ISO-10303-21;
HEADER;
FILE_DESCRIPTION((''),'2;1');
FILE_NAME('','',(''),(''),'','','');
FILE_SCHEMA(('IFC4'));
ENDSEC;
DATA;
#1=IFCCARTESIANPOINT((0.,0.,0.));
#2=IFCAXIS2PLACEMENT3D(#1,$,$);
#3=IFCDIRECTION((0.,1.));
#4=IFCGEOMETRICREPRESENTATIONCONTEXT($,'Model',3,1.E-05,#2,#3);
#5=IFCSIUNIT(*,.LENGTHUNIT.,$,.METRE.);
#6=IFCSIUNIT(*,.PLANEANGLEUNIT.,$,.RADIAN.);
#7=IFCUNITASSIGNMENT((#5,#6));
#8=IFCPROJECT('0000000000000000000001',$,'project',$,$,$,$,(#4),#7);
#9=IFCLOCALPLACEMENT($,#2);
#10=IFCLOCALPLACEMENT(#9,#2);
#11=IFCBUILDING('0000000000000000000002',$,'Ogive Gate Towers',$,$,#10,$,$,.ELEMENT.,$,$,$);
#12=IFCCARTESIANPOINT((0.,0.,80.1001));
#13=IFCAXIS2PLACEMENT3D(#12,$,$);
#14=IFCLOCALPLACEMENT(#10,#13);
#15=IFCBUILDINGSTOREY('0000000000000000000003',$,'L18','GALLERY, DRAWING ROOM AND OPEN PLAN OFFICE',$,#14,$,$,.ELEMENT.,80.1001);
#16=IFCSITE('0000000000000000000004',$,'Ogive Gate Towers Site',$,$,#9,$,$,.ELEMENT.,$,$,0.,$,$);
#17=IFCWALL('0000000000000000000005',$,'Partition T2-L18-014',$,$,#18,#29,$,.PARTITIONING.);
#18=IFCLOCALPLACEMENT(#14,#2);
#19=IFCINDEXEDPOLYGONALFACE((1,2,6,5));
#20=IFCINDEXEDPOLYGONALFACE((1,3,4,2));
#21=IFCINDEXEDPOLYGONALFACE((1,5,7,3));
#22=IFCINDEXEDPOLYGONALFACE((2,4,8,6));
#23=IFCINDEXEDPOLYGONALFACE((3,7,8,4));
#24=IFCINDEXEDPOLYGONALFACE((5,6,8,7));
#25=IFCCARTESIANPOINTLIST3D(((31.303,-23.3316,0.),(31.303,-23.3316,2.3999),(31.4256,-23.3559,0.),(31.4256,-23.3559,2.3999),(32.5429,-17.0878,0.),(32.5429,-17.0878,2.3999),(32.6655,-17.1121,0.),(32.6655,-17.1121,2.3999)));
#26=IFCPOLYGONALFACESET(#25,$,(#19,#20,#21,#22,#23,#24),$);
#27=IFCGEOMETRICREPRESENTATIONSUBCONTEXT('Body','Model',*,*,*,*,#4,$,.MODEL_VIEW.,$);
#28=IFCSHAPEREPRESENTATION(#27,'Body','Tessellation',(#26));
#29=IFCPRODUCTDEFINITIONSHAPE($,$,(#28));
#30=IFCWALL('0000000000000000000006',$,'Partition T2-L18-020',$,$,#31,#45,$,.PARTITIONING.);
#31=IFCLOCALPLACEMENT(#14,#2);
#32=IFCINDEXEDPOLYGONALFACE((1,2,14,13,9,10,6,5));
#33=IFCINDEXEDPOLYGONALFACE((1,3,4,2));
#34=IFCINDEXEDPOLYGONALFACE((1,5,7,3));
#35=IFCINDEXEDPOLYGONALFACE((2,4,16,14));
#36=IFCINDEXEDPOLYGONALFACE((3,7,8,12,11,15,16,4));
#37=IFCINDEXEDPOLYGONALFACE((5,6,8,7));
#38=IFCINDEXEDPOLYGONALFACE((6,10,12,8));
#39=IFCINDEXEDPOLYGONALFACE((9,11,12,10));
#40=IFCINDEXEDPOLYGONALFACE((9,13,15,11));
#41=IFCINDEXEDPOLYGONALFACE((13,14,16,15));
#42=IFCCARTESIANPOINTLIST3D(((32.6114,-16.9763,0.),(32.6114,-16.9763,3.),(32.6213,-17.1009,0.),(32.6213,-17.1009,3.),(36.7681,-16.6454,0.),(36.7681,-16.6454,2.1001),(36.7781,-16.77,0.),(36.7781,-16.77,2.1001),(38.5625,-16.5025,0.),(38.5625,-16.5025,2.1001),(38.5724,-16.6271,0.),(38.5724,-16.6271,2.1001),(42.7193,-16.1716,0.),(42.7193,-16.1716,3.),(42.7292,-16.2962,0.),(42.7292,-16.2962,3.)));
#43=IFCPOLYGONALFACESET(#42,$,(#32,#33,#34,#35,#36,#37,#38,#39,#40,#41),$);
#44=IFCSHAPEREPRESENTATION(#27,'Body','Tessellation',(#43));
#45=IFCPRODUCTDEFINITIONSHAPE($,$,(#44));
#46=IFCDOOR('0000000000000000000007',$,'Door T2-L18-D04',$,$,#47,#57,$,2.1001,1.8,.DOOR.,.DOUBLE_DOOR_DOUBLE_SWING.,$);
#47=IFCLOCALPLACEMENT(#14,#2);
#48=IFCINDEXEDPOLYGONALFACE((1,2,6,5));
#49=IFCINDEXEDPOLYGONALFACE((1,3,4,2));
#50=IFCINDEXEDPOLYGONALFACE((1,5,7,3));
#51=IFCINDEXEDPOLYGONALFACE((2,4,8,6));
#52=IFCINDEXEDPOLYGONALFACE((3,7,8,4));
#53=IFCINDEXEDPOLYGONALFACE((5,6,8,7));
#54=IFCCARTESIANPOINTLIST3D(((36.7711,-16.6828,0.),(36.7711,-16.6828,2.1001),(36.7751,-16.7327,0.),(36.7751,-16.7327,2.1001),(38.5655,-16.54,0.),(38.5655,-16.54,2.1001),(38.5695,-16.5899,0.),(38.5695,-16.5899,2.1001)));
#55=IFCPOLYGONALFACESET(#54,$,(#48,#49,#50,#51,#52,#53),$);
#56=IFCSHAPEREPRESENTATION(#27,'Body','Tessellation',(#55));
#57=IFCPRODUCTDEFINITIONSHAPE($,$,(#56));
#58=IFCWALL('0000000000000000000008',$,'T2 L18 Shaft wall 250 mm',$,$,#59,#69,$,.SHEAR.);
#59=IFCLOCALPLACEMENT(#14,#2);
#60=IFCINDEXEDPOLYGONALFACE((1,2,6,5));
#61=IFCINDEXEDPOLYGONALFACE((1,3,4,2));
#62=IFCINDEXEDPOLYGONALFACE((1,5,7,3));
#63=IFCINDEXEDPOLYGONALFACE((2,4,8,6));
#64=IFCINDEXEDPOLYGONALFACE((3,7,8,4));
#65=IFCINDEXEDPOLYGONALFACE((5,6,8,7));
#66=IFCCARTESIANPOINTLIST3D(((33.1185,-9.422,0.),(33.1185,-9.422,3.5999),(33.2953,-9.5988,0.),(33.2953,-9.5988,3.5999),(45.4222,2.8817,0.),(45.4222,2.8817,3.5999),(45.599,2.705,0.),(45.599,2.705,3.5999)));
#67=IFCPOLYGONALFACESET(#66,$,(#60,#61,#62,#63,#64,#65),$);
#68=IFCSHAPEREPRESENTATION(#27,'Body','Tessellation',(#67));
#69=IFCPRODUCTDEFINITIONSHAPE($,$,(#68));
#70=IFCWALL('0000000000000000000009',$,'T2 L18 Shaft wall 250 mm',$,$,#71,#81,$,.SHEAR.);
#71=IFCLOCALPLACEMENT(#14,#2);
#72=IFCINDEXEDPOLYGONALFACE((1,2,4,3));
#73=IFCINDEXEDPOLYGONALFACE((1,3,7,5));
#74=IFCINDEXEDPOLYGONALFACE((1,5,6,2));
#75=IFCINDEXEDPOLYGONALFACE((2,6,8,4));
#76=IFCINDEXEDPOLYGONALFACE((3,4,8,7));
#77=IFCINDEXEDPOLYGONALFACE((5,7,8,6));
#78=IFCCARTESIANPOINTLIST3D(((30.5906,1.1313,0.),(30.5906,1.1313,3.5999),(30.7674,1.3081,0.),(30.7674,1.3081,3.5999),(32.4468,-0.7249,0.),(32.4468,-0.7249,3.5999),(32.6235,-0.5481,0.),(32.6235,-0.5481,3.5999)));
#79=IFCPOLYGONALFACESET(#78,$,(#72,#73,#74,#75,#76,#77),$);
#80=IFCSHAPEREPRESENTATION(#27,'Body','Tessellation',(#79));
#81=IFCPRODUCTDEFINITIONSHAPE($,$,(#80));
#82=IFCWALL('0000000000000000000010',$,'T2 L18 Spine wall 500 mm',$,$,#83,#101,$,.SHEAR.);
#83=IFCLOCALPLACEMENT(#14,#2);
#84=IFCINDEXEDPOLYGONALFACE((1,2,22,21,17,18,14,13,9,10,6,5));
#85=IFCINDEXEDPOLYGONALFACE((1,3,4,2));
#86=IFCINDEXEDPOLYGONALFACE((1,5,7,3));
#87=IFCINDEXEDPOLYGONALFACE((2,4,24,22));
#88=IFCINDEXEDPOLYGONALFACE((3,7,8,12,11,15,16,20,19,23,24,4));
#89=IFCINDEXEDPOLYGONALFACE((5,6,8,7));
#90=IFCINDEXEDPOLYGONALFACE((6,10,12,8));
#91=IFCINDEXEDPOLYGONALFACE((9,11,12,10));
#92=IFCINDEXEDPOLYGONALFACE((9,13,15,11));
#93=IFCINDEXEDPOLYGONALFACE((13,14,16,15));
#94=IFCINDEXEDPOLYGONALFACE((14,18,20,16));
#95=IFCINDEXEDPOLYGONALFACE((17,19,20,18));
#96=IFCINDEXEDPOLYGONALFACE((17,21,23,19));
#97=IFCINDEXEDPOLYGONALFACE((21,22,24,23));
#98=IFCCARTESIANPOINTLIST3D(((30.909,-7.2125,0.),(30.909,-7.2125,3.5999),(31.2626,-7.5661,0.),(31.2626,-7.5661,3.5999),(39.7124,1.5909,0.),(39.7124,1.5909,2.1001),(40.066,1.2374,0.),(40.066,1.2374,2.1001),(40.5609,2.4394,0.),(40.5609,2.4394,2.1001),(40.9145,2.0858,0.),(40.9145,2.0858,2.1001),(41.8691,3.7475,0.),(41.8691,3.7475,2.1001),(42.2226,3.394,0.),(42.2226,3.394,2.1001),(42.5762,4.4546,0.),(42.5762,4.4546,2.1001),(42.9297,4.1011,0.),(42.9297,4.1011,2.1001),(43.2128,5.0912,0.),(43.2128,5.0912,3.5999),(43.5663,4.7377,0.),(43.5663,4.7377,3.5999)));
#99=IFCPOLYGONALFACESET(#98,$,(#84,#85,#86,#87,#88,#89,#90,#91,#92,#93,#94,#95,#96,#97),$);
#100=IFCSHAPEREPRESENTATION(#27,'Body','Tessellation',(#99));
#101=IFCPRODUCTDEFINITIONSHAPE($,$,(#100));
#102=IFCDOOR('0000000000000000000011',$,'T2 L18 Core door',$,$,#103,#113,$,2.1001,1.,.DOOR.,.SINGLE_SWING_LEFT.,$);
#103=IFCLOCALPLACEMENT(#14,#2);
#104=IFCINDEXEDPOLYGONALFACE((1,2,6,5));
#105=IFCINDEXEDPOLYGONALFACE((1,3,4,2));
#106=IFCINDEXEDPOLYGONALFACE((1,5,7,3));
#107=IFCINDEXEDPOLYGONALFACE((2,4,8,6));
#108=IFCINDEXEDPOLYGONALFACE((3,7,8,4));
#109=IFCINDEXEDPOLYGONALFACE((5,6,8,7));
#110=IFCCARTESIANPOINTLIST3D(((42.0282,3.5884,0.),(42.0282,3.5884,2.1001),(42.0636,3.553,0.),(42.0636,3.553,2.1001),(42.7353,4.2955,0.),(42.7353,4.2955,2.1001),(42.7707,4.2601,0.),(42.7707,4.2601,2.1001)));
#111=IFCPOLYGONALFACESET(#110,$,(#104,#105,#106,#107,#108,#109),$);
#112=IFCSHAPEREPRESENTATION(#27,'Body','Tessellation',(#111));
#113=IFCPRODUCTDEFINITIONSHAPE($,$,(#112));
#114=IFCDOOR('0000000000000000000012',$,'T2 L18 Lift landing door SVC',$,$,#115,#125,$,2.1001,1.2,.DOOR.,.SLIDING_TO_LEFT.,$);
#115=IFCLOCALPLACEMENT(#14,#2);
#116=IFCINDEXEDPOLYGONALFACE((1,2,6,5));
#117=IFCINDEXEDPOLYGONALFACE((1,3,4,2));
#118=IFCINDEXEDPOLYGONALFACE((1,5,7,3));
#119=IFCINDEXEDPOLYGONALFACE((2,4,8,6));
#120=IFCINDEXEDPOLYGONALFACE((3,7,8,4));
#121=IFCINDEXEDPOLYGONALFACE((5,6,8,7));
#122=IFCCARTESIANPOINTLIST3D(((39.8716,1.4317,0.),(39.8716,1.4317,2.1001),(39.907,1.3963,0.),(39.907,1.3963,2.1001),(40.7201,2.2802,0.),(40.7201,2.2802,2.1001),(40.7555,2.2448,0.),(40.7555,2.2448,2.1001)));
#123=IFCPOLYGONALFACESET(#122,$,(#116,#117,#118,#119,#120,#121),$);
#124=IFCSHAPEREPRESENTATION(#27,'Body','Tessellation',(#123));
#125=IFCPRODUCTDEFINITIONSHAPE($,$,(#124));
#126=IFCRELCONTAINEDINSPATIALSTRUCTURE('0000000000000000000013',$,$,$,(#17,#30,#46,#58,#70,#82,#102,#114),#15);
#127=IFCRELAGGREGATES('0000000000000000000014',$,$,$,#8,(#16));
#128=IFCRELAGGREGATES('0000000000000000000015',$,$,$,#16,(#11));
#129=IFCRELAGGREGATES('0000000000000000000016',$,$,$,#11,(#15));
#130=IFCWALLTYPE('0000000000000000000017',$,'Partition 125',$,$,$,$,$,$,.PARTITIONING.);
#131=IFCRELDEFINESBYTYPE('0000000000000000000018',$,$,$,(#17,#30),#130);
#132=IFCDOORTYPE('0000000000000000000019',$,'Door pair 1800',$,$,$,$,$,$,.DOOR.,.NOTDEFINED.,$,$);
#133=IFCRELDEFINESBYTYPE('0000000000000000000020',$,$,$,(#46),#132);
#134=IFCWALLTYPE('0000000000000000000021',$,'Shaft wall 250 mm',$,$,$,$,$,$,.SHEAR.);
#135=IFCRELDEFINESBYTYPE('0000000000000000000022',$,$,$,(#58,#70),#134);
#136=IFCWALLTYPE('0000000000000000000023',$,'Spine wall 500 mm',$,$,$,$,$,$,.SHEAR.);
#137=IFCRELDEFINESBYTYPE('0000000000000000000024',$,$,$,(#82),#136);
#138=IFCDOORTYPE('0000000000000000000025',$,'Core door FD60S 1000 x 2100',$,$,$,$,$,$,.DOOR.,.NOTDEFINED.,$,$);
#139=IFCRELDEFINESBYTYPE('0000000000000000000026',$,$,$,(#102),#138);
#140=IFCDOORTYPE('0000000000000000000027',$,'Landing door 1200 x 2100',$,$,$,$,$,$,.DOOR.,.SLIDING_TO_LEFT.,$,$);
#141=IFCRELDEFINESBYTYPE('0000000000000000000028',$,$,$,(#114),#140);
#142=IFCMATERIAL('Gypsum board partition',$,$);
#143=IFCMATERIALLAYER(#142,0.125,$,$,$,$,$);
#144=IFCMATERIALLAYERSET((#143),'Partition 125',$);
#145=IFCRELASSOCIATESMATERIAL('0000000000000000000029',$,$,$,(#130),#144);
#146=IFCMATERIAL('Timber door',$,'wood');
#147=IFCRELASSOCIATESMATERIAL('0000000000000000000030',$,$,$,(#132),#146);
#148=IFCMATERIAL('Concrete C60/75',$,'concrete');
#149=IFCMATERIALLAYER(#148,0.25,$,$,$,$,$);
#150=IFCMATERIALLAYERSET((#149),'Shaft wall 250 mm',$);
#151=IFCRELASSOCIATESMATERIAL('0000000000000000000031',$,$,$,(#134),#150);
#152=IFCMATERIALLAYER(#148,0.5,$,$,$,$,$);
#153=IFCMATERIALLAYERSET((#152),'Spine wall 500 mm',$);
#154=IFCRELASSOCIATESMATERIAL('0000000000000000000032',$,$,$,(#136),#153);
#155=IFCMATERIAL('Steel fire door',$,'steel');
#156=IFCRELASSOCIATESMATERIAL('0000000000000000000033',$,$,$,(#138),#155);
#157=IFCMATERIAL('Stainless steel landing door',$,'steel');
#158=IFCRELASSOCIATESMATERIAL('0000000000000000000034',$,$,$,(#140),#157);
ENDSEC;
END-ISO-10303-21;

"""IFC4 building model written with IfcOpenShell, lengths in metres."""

from ifc_helpers import new_model, si_unit, direction, frame, frame_2d, origin, place, context, subcontext, project, spatial, rectangle, extrude, material, layer, layer_set, type_object, element, fill, save


model = new_model("IFC4")

# Units and contexts
model_context = context("Model", 3, precision=1e-05, world=origin(), true_north=direction((0.0, 1.0)))
body_context = subcontext(model_context, "Body", "Model", "MODEL_VIEW")
ifc_project = project(units=[si_unit("LENGTHUNIT", "METRE"), si_unit("PLANEANGLEUNIT", "RADIAN")], contexts=[model_context])

# Site, building, storey
site_placement = place(None, origin())
site = spatial("IfcSite", under=ifc_project, at=site_placement, Name="Ogive Gate Towers Site", CompositionType="ELEMENT", RefElevation=0.0)
building_placement = place(site_placement, origin())
building = spatial("IfcBuilding", under=site, at=building_placement, Name="Ogive Gate Towers", CompositionType="ELEMENT")
storey_placement = place(building_placement, frame((0.0, 0.0, 80.1001)))
storey = spatial("IfcBuildingStorey", under=building, at=storey_placement, Name="L18", Description="GALLERY, DRAWING ROOM AND OPEN PLAN OFFICE", CompositionType="ELEMENT", Elevation=80.1001)

# Wall
ifc_material_1 = material(Name="Gypsum board partition")
ifc_layer_1 = layer(ifc_material_1, 0.125)
ifc_layer_set_1 = layer_set([ifc_layer_1], Name="Partition 125")
wall_type_1 = type_object("IfcWallType", Name="Partition 125", PredefinedType="PARTITIONING", material=ifc_layer_set_1)
wall_1_placement = place(storey_placement, frame((31.3643, -23.3438, 0.0), z_axis=(0.0, 0.0, 1.0), x_axis=(0.194788, 0.980845, 0.0)))
element("IfcWall", 1, at=wall_1_placement, inside=storey, type_object=wall_type_1, Name="Partition T2-L18-014", PredefinedType="PARTITIONING", context=body_context, shape_type="SweptSolid", body=[
    extrude(rectangle(XDim=6.3657, YDim=0.125, at=frame_2d((3.1829, 0.0))), origin(), (0.0, 0.0, 1.0), 2.3999),
])

# Wall, opening, door
wall_2_placement = place(storey_placement, frame((32.6165, -17.0386, 0.0), z_axis=(0.0, 0.0, 1.0), x_axis=(0.996846, 0.079359, 0.0)))
wall_2 = element("IfcWall", 2, at=wall_2_placement, inside=storey, type_object=wall_type_1, Name="Partition T2-L18-020", PredefinedType="PARTITIONING", context=body_context, shape_type="SweptSolid", body=[
    extrude(rectangle(XDim=10.1399, YDim=0.125, at=frame_2d((5.0698, 0.0))), origin(), (0.0, 0.0, 1.0), 3.0),
])
opening_1_placement = place(wall_2_placement, frame((4.1699, 0.0, 0.0)))
opening_1 = element("IfcOpeningElement", 3, at=opening_1_placement, cuts=wall_2, PredefinedType="OPENING", context=body_context, shape_type="SweptSolid", body=[
    extrude(rectangle(XDim=1.8, YDim=2.1001, at=frame_2d((0.8999, 1.05))), frame((0.0, 0.0725, 0.0), z_axis=(0.0, -1.0, 0.0), x_axis=(1.0, 0.0, 0.0)), (0.0, 0.0, 1.0), 0.145),
])
ifc_material_2 = material(Name="Timber door", Category="wood")
door_type_1 = type_object("IfcDoorType", Name="Door pair 1800", OperationType="NOTDEFINED", PredefinedType="DOOR", material=ifc_material_2)
door_1_placement = place(opening_1_placement, origin())
door_1 = element("IfcDoor", 4, at=door_1_placement, inside=storey, type_object=door_type_1, Name="Door T2-L18-D04", OperationType="DOUBLE_DOOR_DOUBLE_SWING", OverallHeight=2.1001, OverallWidth=1.8, PredefinedType="DOOR", context=body_context, shape_type="SweptSolid", body=[
    extrude(rectangle(XDim=1.8, YDim=2.1001, at=frame_2d((0.8999, 1.05))), frame((0.0, 0.0249, 0.0), z_axis=(0.0, -1.0, 0.0), x_axis=(1.0, 0.0, 0.0)), (0.0, 0.0, 1.0), 0.05),
])
fill(opening_1, door_1)

# Walls
ifc_material_3 = material(Name="Concrete C60/75", Category="concrete")
ifc_layer_2 = layer(ifc_material_3, 0.25)
ifc_layer_set_2 = layer_set([ifc_layer_2], Name="Shaft wall 250 mm")
wall_type_2 = type_object("IfcWallType", Name="Shaft wall 250 mm", PredefinedType="SHEAR", material=ifc_layer_set_2)
wall_3_placement = place(storey_placement, frame((33.2068, -9.5105, 0.0), z_axis=(0.0, 0.0, 1.0), x_axis=(0.707107, 0.707107, 0.0)))
element("IfcWall", 5, at=wall_3_placement, inside=storey, type_object=wall_type_2, Name="T2 L18 Shaft wall 250 mm", PredefinedType="SHEAR", context=body_context, shape_type="SweptSolid", body=[
    extrude(rectangle(XDim=17.4001, YDim=0.25, at=frame_2d((8.7002, 0.0))), origin(), (0.0, 0.0, 1.0), 3.5999),
])
wall_4_placement = place(storey_placement, frame((32.5352, -0.6365, 0.0), z_axis=(0.0, 0.0, 1.0), x_axis=(-0.707107, 0.707107, 0.0)))
element("IfcWall", 6, at=wall_4_placement, inside=storey, type_object=wall_type_2, Name="T2 L18 Shaft wall 250 mm", PredefinedType="SHEAR", context=body_context, shape_type="SweptSolid", body=[
    extrude(rectangle(XDim=2.625, YDim=0.25, at=frame_2d((1.3125, 0.0))), origin(), (0.0, 0.0, 1.0), 3.5999),
])

# Wall, openings, doors
ifc_layer_3 = layer(ifc_material_3, 0.5)
ifc_layer_set_3 = layer_set([ifc_layer_3], Name="Spine wall 500 mm")
wall_type_3 = type_object("IfcWallType", Name="Spine wall 500 mm", PredefinedType="SHEAR", material=ifc_layer_set_3)
wall_5_placement = place(storey_placement, frame((31.0857, -7.3894, 0.0), z_axis=(0.0, 0.0, 1.0), x_axis=(0.707107, 0.707107, 0.0)))
wall_5 = element("IfcWall", 7, at=wall_5_placement, inside=storey, type_object=wall_type_3, Name="T2 L18 Spine wall 500 mm", PredefinedType="SHEAR", context=body_context, shape_type="SweptSolid", body=[
    extrude(rectangle(XDim=17.4001, YDim=0.5, at=frame_2d((8.7002, 0.0))), origin(), (0.0, 0.0, 1.0), 3.5999),
])
opening_2_placement = place(wall_5_placement, frame((12.45, 0.0, 0.0)))
opening_2 = element("IfcOpeningElement", 8, at=opening_2_placement, cuts=wall_5, PredefinedType="OPENING", context=body_context, shape_type="SweptSolid", body=[
    extrude(rectangle(XDim=1.2, YDim=2.1001, at=frame_2d((0.6001, 1.05))), frame((0.0, 0.26, 0.0), z_axis=(0.0, -1.0, 0.0), x_axis=(1.0, 0.0, 0.0)), (0.0, 0.0, 1.0), 0.52),
])
opening_3_placement = place(wall_5_placement, frame((15.5, 0.0, 0.0)))
opening_3 = element("IfcOpeningElement", 9, at=opening_3_placement, cuts=wall_5, PredefinedType="OPENING", context=body_context, shape_type="SweptSolid", body=[
    extrude(rectangle(XDim=1.0, YDim=2.1001, at=frame_2d((0.5, 1.05))), frame((0.0, 0.26, 0.0), z_axis=(0.0, -1.0, 0.0), x_axis=(1.0, 0.0, 0.0)), (0.0, 0.0, 1.0), 0.52),
])
ifc_material_4 = material(Name="Steel fire door", Category="steel")
door_type_2 = type_object("IfcDoorType", Name="Core door FD60S 1000 x 2100", OperationType="NOTDEFINED", PredefinedType="DOOR", material=ifc_material_4)
door_2_placement = place(opening_3_placement, origin())
door_2 = element("IfcDoor", 10, at=door_2_placement, inside=storey, type_object=door_type_2, Name="T2 L18 Core door", OperationType="SINGLE_SWING_LEFT", OverallHeight=2.1001, OverallWidth=1.0, PredefinedType="DOOR", context=body_context, shape_type="SweptSolid", body=[
    extrude(rectangle(XDim=1.0, YDim=2.1001, at=frame_2d((0.5, 1.05))), frame((0.0, 0.0249, 0.0), z_axis=(0.0, -1.0, 0.0), x_axis=(1.0, 0.0, 0.0)), (0.0, 0.0, 1.0), 0.05),
])
fill(opening_3, door_2)
ifc_material_5 = material(Name="Stainless steel landing door", Category="steel")
door_type_3 = type_object("IfcDoorType", Name="Landing door 1200 x 2100", OperationType="SLIDING_TO_LEFT", PredefinedType="DOOR", material=ifc_material_5)
door_3_placement = place(opening_2_placement, origin())
door_3 = element("IfcDoor", 11, at=door_3_placement, inside=storey, type_object=door_type_3, Name="T2 L18 Lift landing door SVC", OperationType="SLIDING_TO_LEFT", OverallHeight=2.1001, OverallWidth=1.2, PredefinedType="DOOR", context=body_context, shape_type="SweptSolid", body=[
    extrude(rectangle(XDim=1.2, YDim=2.1001, at=frame_2d((0.6001, 1.05))), frame((0.0, 0.0249, 0.0), z_axis=(0.0, -1.0, 0.0), x_axis=(1.0, 0.0, 0.0)), (0.0, 0.0, 1.0), 0.05),
])
fill(opening_2, door_3)

save(model, "model.ifc")
